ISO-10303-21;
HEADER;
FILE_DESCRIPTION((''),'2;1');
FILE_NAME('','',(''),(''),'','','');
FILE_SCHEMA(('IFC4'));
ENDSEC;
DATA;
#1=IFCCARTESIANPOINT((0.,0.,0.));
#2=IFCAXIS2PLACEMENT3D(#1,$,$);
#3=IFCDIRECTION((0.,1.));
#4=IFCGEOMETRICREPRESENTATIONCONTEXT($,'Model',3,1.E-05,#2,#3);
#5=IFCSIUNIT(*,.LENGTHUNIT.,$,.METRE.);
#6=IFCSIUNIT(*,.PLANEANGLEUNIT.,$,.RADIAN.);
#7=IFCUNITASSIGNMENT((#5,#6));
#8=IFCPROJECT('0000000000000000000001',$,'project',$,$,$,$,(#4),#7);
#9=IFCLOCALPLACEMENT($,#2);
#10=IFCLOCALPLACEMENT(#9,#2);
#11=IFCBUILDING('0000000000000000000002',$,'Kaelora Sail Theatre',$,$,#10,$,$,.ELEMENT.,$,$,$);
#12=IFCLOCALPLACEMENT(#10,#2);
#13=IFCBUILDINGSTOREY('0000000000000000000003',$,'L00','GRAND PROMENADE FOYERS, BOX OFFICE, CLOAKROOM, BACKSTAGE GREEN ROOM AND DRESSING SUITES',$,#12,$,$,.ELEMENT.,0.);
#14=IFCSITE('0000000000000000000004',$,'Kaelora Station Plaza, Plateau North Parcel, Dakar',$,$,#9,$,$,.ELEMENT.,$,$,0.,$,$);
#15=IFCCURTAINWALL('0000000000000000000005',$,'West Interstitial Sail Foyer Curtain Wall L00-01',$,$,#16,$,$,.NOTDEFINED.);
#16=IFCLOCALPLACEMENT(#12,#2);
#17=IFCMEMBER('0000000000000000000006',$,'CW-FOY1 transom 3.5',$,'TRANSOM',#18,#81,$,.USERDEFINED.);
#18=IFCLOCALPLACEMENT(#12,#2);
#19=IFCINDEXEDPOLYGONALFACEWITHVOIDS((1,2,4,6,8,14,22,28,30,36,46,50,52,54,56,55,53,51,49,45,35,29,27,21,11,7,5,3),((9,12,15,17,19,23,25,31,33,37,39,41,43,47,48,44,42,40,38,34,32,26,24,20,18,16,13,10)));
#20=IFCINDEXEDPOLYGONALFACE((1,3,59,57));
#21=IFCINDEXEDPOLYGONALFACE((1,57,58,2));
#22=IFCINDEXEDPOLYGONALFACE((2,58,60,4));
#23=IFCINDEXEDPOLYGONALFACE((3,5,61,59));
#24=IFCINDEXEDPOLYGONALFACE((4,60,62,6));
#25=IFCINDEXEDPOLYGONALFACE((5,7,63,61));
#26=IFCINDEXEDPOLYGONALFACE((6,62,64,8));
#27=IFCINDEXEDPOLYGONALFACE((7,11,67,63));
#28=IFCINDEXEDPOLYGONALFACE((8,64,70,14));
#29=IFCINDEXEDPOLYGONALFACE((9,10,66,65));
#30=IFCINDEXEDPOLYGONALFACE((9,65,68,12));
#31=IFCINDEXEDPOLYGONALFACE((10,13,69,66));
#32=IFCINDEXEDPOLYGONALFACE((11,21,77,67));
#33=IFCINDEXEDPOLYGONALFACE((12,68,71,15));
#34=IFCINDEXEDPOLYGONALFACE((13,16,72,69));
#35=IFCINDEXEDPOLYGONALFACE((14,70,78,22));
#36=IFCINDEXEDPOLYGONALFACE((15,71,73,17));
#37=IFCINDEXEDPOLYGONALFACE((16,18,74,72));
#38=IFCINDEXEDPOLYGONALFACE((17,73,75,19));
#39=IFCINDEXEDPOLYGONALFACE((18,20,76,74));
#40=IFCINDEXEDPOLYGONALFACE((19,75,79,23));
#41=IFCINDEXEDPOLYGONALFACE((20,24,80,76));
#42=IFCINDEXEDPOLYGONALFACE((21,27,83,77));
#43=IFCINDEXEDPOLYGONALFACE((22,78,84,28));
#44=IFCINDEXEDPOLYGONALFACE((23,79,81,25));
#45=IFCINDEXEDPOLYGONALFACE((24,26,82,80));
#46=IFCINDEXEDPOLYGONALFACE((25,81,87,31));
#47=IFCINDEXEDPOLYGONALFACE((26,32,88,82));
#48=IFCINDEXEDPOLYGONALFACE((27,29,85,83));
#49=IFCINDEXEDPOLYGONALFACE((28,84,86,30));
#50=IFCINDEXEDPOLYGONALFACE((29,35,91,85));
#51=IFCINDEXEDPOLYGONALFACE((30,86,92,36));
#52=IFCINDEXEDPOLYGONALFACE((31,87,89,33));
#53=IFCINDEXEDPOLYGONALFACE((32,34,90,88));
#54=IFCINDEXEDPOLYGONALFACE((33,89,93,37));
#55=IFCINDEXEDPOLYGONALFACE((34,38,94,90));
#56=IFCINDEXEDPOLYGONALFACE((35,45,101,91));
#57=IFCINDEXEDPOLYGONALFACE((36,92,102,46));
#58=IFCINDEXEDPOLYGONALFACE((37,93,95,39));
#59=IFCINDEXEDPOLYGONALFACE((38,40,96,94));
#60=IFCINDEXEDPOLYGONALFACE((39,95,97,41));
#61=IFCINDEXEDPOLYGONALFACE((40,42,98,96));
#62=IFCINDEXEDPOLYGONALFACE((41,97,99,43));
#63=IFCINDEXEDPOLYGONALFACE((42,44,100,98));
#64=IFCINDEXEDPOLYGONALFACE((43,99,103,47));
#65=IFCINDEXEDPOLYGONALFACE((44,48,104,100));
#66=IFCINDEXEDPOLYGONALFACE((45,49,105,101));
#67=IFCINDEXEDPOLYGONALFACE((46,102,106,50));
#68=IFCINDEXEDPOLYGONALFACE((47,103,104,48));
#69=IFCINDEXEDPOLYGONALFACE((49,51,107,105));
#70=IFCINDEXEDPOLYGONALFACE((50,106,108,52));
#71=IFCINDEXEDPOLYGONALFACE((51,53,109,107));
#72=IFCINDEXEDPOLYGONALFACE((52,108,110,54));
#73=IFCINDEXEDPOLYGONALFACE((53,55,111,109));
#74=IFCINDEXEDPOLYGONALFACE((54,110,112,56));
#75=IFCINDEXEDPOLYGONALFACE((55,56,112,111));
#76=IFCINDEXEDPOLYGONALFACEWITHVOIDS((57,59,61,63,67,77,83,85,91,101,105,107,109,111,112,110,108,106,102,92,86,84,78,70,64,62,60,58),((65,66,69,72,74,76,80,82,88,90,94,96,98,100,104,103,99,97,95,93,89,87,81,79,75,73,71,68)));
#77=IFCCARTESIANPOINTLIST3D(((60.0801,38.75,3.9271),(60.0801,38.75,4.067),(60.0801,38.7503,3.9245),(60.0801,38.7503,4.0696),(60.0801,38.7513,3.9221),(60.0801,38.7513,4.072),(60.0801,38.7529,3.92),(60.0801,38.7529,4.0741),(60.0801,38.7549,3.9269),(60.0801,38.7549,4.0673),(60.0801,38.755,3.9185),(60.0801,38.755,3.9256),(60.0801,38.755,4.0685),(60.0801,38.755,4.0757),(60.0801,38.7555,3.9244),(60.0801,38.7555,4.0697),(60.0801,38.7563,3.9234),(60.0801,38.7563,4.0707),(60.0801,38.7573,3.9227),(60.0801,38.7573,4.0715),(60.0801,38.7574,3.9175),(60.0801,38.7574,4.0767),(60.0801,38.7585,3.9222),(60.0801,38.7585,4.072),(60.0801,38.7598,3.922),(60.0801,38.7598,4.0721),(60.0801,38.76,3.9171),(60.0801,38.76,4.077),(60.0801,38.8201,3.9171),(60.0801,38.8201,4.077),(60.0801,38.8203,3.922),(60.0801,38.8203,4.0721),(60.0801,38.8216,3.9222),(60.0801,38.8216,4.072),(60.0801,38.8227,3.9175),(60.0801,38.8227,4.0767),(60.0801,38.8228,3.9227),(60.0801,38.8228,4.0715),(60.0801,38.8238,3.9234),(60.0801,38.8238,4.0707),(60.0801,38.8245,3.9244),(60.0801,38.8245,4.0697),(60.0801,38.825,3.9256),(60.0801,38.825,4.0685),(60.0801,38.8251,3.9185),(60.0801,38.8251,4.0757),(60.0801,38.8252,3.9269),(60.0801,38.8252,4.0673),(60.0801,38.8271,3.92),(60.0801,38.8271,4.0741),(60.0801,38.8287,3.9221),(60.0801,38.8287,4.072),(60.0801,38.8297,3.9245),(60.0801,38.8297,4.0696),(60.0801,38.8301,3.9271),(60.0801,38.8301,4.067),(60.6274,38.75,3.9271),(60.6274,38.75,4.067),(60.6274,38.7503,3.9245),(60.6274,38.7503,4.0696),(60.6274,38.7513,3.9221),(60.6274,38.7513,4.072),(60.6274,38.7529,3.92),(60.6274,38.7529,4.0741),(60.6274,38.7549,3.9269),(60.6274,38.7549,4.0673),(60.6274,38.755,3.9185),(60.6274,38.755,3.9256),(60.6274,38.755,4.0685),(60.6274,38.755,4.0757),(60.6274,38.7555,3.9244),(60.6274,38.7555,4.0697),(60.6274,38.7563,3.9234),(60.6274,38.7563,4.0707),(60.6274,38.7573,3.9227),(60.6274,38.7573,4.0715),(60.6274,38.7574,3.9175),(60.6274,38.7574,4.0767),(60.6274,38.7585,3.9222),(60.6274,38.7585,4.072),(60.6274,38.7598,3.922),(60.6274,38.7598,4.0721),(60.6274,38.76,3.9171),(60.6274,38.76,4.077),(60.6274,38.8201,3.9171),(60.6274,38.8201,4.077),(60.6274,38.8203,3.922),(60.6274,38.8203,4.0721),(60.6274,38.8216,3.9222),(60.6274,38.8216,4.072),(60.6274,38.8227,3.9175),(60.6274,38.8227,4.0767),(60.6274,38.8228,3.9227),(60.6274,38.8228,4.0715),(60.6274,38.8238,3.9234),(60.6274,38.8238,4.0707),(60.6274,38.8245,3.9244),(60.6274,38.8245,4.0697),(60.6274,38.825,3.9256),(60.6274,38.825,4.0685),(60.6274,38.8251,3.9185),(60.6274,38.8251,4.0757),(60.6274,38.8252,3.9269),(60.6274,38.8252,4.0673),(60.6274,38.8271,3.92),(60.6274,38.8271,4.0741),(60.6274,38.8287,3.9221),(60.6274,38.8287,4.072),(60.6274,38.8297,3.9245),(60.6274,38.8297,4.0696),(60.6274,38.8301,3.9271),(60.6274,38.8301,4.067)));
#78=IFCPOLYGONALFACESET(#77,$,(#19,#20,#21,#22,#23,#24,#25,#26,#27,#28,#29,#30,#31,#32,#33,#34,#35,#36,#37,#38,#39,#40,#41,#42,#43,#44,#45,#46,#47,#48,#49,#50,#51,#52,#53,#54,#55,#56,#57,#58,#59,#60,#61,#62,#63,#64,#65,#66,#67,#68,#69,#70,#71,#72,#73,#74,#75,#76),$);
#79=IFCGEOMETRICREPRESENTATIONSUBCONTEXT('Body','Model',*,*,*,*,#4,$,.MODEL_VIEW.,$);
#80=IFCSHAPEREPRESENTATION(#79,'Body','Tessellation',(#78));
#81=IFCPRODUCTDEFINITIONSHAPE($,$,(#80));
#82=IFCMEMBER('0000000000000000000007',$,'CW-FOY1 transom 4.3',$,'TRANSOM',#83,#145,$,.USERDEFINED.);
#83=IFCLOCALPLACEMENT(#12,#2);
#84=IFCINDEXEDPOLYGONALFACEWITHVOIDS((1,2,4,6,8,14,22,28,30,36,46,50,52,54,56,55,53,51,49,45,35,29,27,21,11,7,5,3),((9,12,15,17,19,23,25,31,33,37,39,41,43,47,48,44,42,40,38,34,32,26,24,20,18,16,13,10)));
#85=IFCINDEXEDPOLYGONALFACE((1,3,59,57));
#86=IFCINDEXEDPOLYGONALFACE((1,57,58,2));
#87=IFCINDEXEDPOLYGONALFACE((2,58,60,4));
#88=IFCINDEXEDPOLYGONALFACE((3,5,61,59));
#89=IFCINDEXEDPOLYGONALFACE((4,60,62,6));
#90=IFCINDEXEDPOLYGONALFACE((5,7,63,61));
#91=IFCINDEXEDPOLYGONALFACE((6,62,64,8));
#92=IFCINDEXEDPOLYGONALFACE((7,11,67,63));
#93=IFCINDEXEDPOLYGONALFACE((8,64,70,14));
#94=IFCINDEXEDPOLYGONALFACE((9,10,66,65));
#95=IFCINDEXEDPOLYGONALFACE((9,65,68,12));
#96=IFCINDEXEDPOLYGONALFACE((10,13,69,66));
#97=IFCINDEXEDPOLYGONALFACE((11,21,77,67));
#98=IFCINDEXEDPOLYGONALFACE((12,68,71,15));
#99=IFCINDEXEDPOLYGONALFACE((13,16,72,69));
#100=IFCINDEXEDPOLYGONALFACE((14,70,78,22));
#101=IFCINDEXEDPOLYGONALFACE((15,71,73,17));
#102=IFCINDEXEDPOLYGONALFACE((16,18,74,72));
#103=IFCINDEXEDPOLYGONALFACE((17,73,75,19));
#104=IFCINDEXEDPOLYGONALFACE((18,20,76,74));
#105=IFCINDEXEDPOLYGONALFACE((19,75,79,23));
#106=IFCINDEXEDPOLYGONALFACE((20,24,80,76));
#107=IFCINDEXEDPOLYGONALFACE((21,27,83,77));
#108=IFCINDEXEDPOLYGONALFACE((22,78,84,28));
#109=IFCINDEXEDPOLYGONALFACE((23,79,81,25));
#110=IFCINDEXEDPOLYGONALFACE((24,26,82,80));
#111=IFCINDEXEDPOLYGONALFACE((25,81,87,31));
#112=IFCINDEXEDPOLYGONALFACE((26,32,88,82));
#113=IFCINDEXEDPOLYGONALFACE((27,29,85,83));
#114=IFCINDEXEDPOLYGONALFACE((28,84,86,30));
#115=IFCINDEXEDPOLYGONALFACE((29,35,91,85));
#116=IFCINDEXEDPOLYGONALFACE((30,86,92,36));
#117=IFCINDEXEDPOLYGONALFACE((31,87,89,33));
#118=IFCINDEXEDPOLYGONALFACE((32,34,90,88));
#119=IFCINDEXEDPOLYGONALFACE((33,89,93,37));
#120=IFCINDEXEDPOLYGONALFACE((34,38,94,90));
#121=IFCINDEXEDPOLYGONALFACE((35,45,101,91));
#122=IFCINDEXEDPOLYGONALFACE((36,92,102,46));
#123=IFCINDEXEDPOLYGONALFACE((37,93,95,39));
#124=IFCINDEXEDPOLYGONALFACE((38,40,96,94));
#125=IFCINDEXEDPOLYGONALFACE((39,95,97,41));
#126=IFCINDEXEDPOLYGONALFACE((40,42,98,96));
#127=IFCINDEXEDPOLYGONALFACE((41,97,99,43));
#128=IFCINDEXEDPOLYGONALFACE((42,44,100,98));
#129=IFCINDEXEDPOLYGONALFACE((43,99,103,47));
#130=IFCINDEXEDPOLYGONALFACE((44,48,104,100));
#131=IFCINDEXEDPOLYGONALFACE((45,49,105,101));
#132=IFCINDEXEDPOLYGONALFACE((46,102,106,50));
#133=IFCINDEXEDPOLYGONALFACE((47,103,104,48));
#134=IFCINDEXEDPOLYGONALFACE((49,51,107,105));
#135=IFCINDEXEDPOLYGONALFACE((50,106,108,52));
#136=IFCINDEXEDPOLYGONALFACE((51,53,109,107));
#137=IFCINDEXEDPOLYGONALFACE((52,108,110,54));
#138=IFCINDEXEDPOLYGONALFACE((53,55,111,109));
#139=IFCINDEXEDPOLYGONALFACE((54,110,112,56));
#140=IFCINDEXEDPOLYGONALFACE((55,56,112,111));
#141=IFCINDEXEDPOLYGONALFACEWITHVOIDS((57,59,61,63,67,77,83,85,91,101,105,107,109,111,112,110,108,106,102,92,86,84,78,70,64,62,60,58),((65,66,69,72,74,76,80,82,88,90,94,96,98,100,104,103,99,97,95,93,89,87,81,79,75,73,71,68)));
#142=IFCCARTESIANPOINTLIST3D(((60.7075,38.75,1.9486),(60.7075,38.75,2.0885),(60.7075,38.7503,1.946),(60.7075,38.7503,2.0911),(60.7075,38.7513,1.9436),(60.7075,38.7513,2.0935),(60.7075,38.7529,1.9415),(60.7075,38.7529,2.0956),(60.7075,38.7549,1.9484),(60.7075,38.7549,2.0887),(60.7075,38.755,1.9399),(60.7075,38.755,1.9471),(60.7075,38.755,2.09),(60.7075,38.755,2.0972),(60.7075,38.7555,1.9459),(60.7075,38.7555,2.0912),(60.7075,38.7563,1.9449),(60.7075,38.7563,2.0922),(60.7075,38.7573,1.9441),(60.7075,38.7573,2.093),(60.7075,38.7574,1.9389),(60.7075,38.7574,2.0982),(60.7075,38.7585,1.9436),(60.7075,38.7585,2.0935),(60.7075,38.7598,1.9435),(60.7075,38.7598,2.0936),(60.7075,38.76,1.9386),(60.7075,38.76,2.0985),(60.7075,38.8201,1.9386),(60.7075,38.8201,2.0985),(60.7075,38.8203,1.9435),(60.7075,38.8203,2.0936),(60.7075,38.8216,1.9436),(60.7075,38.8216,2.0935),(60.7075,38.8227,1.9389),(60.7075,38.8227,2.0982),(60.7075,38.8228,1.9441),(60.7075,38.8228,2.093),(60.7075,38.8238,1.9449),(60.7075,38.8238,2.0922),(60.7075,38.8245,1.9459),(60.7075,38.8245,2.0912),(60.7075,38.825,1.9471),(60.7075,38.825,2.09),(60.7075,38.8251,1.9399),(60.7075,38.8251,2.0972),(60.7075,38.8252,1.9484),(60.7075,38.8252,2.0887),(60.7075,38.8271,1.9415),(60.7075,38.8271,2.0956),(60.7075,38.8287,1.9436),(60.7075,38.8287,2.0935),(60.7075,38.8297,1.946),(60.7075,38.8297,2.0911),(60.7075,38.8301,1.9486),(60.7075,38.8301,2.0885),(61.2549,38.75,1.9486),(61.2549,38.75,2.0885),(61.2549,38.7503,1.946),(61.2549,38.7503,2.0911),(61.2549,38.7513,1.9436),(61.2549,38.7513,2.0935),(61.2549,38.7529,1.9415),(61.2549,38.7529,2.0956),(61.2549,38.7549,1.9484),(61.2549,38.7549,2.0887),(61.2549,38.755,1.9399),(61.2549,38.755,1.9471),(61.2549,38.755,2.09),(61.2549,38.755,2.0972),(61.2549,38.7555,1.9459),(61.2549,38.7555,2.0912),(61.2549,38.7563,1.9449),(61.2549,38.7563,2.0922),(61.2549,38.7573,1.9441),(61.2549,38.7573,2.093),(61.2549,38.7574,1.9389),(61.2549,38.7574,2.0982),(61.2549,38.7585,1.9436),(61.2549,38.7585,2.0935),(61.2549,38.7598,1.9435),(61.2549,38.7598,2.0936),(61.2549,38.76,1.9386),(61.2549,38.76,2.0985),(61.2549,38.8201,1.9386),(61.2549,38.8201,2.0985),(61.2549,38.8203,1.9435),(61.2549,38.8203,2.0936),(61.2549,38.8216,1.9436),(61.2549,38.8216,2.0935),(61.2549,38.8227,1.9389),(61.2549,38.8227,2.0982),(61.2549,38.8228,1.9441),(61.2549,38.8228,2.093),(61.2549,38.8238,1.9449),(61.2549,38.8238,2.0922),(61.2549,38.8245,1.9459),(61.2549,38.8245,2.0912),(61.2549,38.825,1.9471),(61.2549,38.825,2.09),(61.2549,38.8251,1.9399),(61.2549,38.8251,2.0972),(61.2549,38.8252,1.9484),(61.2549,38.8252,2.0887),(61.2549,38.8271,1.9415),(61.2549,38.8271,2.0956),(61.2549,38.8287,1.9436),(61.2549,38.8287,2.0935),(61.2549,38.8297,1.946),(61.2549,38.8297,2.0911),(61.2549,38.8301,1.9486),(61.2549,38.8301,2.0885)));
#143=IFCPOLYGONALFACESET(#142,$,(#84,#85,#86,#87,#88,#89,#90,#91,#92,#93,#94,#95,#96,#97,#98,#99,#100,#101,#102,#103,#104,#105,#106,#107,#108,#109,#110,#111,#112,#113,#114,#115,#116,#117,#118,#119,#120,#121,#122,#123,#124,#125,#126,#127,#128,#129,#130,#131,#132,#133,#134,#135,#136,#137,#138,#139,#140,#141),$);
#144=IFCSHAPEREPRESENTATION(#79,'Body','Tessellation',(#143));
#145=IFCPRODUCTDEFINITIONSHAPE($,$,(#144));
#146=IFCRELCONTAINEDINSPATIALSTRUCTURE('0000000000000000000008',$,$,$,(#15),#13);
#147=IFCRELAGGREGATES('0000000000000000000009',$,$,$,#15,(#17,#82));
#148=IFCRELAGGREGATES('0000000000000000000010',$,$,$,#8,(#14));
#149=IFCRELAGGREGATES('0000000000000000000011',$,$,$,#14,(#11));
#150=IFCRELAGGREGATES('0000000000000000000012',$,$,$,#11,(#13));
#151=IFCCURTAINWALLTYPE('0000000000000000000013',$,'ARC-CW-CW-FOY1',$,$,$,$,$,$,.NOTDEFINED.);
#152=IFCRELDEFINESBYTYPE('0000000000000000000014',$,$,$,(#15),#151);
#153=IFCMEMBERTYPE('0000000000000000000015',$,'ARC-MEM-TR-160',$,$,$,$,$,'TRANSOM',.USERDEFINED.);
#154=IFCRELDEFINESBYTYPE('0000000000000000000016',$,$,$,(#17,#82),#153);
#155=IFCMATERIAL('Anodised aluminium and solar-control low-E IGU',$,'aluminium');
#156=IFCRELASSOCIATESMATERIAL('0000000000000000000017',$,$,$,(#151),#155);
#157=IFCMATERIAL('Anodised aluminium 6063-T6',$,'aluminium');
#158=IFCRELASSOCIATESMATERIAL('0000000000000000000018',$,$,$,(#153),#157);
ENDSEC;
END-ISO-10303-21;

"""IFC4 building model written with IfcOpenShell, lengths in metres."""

from ifc_helpers import new_model, si_unit, direction, frame, origin, origin_2d, place, context, subcontext, project, spatial, hollow_rectangle, extrude, material, material_profile, profile_set, type_object, element, aggregate, save


model = new_model("IFC4")

# Units and contexts
model_context = context("Model", 3, precision=1e-05, world=origin(), true_north=direction((0.0, 1.0)))
body_context = subcontext(model_context, "Body", "Model", "MODEL_VIEW")
ifc_project = project(units=[si_unit("LENGTHUNIT", "METRE"), si_unit("PLANEANGLEUNIT", "RADIAN")], contexts=[model_context])

# Site, building, storey
site_placement = place(None, origin())
site = spatial("IfcSite", under=ifc_project, at=site_placement, Name="Kaelora Station Plaza, Plateau North Parcel, Dakar", CompositionType="ELEMENT", RefElevation=0.0)
building_placement = place(site_placement, origin())
building = spatial("IfcBuilding", under=site, at=building_placement, Name="Kaelora Sail Theatre", CompositionType="ELEMENT")
storey_placement = place(building_placement, origin())
storey = spatial("IfcBuildingStorey", under=building, at=storey_placement, Name="L00", Description="GRAND PROMENADE FOYERS, BOX OFFICE, CLOAKROOM, BACKSTAGE GREEN ROOM AND DRESSING SUITES", CompositionType="ELEMENT", Elevation=0.0)

# Curtain wall, members
ifc_material_1 = material(Name="Anodised aluminium and solar-control low-E IGU", Category="aluminium")
curtain_wall_type = type_object("IfcCurtainWallType", Name="ARC-CW-CW-FOY1", PredefinedType="NOTDEFINED", material=ifc_material_1)
curtain_wall_placement = place(storey_placement, origin())
curtain_wall = element("IfcCurtainWall", 1, at=curtain_wall_placement, inside=storey, type_object=curtain_wall_type, Name="West Interstitial Sail Foyer Curtain Wall L00-01", PredefinedType="NOTDEFINED")
ifc_material_2 = material(Name="Anodised aluminium 6063-T6", Category="aluminium")
ifc_material_profile = material_profile(ifc_material_2, hollow_rectangle(XDim=0.0801, YDim=0.1599, WallThickness=0.0049, InnerFilletRadius=0.0049, OuterFilletRadius=0.01, at=origin_2d()), Name="ALU-TRAN 80x160x5")
ifc_profile_set = profile_set([ifc_material_profile], Name="Anodised aluminium 6063-T6")
member_type = type_object("IfcMemberType", Name="ARC-MEM-TR-160", ElementType="TRANSOM", PredefinedType="USERDEFINED", material=ifc_profile_set)
member_1_placement = place(storey_placement, frame((60.0801, 38.79, 3.9971), z_axis=(1.0, 0.0, 0.0), x_axis=(0.0, 1.0, 0.0)))
member_1 = element("IfcMember", 2, at=member_1_placement, type_object=member_type, Name="CW-FOY1 transom 3.5", ObjectType="TRANSOM", PredefinedType="USERDEFINED", context=body_context, shape_type="SweptSolid", body=[
    extrude(hollow_rectangle(XDim=0.0801, YDim=0.1599, WallThickness=0.0049, InnerFilletRadius=0.0049, OuterFilletRadius=0.01, at=origin_2d()), origin(), (0.0, 0.0, 1.0), 0.5474),
])
member_2_placement = place(storey_placement, frame((60.7075, 38.79, 2.0186), z_axis=(1.0, 0.0, 0.0), x_axis=(0.0, 1.0, 0.0)))
member_2 = element("IfcMember", 3, at=member_2_placement, type_object=member_type, Name="CW-FOY1 transom 4.3", ObjectType="TRANSOM", PredefinedType="USERDEFINED", context=body_context, shape_type="SweptSolid", body=[
    extrude(hollow_rectangle(XDim=0.0801, YDim=0.1599, WallThickness=0.0049, InnerFilletRadius=0.0049, OuterFilletRadius=0.01, at=origin_2d()), origin(), (0.0, 0.0, 1.0), 0.5474),
])
aggregate(curtain_wall, [member_1, member_2])

save(model, "model.ifc")
